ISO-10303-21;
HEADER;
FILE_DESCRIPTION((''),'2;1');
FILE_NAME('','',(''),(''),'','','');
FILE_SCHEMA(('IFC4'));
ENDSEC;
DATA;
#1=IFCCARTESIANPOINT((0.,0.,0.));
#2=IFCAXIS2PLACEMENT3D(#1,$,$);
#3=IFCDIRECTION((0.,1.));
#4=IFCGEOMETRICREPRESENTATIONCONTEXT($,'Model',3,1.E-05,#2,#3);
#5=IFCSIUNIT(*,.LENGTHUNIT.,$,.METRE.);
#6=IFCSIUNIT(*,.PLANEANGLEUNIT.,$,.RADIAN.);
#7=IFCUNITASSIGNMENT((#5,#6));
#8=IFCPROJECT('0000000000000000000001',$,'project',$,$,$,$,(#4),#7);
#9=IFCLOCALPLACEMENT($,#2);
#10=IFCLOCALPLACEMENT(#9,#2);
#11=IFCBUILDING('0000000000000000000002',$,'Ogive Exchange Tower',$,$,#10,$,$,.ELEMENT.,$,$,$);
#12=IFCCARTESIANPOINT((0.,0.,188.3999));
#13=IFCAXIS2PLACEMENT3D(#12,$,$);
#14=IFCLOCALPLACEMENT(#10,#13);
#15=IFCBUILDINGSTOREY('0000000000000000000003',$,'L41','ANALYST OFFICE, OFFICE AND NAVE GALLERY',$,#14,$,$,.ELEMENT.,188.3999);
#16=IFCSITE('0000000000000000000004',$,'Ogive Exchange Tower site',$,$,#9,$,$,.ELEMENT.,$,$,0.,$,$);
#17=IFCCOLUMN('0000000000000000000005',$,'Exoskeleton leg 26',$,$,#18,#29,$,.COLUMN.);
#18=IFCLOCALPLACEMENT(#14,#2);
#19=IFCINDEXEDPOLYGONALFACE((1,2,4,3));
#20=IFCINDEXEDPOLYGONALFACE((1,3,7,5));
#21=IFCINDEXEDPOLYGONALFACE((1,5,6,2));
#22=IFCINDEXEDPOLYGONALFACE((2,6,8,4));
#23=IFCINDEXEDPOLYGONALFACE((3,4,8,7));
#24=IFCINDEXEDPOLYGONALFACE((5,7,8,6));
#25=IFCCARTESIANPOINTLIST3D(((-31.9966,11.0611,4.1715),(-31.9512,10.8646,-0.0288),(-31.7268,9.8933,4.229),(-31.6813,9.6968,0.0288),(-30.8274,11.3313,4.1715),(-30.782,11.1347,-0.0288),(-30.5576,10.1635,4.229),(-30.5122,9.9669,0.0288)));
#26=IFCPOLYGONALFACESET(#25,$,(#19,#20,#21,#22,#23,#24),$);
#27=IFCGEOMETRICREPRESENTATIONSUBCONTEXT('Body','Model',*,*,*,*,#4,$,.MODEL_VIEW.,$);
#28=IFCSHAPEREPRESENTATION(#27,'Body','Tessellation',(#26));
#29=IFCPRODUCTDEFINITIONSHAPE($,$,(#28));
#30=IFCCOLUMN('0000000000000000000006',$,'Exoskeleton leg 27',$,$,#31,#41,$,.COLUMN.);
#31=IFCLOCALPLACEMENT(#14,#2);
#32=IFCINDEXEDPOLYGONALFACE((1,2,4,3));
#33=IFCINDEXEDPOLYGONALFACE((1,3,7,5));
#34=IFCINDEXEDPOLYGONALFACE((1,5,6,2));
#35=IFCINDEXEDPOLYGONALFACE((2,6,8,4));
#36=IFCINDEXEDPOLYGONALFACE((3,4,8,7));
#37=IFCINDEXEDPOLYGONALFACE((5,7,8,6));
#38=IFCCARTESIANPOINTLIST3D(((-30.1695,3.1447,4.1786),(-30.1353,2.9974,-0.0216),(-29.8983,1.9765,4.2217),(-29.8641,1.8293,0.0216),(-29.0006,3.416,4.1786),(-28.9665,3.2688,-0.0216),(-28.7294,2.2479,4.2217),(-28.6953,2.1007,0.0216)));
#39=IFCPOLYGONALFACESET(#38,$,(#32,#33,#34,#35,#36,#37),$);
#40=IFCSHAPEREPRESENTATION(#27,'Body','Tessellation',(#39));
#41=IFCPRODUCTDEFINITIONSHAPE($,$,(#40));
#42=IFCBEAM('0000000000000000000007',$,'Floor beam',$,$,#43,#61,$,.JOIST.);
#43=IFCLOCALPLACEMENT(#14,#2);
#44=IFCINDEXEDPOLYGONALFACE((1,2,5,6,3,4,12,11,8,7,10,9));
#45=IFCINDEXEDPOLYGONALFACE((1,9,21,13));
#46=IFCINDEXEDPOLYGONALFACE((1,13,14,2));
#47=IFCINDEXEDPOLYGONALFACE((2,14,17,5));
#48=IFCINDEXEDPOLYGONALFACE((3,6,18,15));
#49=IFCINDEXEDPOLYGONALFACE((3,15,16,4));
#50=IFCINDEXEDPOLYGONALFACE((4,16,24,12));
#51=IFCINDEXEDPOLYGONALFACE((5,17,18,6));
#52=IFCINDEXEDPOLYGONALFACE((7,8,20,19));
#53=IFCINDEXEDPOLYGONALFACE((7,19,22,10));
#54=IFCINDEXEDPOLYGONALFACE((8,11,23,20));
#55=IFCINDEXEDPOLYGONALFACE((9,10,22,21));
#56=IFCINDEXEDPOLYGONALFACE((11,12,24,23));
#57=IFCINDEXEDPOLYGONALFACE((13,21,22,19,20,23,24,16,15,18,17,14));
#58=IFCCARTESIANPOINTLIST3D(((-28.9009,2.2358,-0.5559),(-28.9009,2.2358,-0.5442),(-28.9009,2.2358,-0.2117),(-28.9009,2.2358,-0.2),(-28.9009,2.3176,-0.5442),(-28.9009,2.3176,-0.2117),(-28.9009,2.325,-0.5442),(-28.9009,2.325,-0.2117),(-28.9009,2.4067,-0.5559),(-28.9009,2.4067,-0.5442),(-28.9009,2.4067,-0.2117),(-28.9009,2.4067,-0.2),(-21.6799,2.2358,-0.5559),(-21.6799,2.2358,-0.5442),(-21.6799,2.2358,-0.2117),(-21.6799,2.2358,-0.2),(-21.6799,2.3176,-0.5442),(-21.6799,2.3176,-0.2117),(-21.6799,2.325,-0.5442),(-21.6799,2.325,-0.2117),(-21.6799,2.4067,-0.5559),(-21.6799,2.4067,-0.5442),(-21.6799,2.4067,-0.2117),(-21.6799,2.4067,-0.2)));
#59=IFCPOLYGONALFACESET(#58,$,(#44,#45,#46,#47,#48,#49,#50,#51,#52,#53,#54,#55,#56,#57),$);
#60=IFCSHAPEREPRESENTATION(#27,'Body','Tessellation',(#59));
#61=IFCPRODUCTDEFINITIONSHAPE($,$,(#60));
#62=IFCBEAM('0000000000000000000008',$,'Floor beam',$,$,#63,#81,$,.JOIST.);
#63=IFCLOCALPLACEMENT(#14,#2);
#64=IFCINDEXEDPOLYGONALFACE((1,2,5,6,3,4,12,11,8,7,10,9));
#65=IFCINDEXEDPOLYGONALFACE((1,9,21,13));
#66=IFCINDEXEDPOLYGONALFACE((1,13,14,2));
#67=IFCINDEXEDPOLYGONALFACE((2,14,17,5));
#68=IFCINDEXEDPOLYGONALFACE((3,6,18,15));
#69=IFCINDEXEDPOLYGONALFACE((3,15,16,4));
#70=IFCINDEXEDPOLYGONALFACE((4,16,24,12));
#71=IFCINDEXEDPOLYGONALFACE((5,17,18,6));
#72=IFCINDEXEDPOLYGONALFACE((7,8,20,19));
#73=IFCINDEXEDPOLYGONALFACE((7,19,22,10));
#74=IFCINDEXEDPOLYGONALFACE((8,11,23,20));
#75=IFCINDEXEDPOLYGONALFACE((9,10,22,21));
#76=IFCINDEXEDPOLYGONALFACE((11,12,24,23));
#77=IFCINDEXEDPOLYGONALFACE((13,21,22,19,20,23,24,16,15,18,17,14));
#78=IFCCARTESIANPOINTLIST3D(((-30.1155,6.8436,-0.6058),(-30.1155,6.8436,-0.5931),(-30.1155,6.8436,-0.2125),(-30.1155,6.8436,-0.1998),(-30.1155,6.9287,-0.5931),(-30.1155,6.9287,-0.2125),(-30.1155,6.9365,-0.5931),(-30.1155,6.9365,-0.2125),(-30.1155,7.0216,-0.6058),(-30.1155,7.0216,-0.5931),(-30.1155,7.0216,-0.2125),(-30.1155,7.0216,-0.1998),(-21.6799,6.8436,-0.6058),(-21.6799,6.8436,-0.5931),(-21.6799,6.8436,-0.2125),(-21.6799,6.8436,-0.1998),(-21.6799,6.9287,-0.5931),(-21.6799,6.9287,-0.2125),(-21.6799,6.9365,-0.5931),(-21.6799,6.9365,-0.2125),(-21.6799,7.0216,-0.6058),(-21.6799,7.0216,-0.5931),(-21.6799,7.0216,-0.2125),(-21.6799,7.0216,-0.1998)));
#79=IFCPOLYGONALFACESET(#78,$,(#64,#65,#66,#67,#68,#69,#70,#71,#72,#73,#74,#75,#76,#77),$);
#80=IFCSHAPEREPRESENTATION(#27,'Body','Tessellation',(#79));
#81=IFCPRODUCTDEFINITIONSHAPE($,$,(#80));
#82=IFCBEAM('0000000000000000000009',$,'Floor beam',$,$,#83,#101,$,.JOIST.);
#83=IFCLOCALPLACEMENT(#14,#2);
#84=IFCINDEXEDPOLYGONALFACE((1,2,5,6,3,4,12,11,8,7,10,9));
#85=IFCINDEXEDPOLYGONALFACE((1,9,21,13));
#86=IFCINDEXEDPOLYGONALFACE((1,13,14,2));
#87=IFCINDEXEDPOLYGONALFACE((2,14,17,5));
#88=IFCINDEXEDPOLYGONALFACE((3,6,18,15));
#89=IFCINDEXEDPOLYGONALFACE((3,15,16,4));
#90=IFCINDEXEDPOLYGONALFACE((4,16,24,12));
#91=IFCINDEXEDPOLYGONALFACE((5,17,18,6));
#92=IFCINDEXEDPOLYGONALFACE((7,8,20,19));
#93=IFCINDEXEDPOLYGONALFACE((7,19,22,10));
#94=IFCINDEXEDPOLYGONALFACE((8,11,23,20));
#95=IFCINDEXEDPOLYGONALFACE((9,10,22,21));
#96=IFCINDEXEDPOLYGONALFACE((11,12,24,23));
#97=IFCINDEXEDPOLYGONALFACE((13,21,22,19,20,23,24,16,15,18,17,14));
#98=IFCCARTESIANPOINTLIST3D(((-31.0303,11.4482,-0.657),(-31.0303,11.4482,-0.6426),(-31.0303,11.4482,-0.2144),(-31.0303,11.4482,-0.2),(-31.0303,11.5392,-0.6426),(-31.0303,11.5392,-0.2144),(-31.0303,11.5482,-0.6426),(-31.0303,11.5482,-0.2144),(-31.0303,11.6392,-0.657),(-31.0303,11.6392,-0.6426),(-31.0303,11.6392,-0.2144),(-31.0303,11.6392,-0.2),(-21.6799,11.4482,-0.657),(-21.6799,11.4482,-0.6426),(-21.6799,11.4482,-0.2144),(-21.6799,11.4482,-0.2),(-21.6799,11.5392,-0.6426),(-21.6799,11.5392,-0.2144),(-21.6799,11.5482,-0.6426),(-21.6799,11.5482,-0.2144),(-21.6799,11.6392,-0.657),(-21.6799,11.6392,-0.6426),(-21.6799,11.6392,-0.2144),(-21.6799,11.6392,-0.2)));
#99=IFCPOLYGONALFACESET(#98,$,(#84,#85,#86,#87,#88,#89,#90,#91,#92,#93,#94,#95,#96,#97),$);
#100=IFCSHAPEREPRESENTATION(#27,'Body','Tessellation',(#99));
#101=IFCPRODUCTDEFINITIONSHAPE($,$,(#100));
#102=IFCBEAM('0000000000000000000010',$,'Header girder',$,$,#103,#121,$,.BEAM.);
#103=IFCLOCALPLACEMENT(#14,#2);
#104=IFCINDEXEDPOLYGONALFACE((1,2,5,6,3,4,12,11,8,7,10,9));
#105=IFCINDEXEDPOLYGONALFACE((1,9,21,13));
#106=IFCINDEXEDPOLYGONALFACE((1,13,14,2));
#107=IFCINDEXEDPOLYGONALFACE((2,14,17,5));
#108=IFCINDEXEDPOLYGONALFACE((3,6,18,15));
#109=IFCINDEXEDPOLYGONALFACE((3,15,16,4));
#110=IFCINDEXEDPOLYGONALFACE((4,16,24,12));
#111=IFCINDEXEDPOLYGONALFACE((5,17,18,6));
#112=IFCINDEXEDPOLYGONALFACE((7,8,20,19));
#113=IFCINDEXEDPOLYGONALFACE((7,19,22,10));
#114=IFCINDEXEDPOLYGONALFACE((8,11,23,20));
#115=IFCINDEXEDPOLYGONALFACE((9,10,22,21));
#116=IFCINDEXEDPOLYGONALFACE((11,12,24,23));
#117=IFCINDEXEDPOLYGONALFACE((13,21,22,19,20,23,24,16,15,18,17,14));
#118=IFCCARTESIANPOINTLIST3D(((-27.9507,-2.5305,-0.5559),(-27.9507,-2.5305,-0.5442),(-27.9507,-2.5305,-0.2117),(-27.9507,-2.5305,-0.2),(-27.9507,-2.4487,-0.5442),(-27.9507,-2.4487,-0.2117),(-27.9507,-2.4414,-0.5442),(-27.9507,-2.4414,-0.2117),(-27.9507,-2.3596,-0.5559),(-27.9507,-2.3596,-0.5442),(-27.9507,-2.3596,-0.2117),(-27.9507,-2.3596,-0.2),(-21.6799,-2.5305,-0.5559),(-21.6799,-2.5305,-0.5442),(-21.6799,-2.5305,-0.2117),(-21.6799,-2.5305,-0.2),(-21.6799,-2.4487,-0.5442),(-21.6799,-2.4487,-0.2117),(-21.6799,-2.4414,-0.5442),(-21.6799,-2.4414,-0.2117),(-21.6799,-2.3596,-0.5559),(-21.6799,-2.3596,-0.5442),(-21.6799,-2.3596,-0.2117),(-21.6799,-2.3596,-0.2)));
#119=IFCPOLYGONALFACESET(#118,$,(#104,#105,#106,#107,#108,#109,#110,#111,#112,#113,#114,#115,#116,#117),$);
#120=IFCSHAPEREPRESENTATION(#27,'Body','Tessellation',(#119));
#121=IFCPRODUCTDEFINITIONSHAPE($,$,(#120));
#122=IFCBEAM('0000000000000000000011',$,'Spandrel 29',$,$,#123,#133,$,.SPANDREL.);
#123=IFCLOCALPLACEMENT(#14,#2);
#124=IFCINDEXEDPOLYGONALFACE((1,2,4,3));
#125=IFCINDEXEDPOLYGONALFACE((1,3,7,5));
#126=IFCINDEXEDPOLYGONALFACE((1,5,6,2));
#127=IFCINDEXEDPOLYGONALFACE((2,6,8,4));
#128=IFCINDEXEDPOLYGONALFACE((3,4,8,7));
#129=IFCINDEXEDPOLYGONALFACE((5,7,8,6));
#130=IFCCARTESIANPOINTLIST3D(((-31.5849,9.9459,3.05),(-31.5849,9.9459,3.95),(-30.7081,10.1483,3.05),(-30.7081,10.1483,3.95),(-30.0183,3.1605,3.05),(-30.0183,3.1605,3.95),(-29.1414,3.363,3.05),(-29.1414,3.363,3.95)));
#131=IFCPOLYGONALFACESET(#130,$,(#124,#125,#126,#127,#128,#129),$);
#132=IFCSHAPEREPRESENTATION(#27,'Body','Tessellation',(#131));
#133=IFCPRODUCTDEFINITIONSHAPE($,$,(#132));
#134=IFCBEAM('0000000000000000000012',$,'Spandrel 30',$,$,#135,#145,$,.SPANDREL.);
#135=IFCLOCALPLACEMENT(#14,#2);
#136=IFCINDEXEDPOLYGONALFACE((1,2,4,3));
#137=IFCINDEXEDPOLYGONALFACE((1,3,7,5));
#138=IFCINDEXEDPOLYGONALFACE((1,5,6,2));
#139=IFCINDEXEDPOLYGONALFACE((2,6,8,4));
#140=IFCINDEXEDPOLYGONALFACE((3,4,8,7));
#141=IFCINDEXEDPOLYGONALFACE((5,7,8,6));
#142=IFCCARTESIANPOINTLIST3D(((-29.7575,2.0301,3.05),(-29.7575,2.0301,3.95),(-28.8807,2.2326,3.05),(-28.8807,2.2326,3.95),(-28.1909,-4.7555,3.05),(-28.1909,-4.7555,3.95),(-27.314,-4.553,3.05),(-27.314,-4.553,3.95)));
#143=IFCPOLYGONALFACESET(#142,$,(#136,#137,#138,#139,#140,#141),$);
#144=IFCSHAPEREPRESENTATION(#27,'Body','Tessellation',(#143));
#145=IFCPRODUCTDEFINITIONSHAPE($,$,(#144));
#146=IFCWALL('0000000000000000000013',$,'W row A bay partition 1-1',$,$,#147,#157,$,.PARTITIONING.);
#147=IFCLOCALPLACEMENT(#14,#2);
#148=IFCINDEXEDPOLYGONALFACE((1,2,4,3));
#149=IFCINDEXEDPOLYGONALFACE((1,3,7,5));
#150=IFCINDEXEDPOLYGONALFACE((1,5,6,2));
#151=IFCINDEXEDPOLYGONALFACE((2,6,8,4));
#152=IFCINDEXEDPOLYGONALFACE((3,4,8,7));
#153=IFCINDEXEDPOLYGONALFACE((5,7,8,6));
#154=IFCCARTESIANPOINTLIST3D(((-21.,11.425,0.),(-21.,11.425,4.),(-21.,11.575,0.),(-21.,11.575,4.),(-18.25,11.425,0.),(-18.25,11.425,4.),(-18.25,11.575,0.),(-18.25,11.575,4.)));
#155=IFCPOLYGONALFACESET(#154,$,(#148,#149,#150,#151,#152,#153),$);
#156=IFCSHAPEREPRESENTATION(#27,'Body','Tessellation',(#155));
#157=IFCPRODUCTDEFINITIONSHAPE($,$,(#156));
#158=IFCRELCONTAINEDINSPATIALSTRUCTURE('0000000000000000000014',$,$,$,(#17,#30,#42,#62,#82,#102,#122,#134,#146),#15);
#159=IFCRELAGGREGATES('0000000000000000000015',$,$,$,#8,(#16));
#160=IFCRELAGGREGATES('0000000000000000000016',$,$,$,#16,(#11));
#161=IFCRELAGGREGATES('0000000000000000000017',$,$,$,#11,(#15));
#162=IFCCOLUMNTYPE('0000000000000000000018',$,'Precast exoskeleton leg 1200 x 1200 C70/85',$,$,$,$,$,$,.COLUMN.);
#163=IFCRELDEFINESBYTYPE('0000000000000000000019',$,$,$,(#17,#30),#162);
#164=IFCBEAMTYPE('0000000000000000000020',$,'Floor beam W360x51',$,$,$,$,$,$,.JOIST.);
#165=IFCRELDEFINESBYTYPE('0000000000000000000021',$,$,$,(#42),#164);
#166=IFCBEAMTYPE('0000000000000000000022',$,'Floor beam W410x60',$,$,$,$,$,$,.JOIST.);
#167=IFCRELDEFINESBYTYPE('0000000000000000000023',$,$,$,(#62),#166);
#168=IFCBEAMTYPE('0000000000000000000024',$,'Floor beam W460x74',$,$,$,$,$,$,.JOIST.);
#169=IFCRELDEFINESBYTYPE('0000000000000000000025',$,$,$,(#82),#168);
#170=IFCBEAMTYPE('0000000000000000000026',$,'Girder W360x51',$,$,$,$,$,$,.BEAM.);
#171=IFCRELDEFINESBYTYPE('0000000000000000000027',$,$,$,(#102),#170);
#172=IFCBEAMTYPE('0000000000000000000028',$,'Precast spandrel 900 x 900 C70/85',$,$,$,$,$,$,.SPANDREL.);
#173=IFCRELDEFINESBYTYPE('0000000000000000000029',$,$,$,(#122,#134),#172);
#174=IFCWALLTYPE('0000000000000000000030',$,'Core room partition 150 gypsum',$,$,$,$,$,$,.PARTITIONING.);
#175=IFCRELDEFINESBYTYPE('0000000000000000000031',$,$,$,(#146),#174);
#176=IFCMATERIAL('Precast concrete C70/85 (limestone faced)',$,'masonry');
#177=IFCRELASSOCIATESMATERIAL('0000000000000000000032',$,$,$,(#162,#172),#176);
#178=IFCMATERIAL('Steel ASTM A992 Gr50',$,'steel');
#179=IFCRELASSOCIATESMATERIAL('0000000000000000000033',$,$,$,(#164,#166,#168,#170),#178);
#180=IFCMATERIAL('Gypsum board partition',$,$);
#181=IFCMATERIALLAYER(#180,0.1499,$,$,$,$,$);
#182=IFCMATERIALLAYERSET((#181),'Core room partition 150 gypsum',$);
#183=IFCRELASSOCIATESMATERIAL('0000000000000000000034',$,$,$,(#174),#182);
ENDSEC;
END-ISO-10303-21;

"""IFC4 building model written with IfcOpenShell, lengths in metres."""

from ifc_helpers import new_model, si_unit, direction, frame, frame_2d, origin, origin_2d, place, context, subcontext, project, spatial, rectangle, i_section, extrude, material, layer, layer_set, material_profile, profile_set, type_object, element, save


model = new_model("IFC4")

# Units and contexts
model_context = context("Model", 3, precision=1e-05, world=origin(), true_north=direction((0.0, 1.0)))
body_context = subcontext(model_context, "Body", "Model", "MODEL_VIEW")
ifc_project = project(units=[si_unit("LENGTHUNIT", "METRE"), si_unit("PLANEANGLEUNIT", "RADIAN")], contexts=[model_context])

# Site, building, storey
site_placement = place(None, origin())
site = spatial("IfcSite", under=ifc_project, at=site_placement, Name="Ogive Exchange Tower site", CompositionType="ELEMENT", RefElevation=0.0)
building_placement = place(site_placement, origin())
building = spatial("IfcBuilding", under=site, at=building_placement, Name="Ogive Exchange Tower", CompositionType="ELEMENT")
storey_placement = place(building_placement, frame((0.0, 0.0, 188.3999)))
storey = spatial("IfcBuildingStorey", under=building, at=storey_placement, Name="L41", Description="ANALYST OFFICE, OFFICE AND NAVE GALLERY", CompositionType="ELEMENT", Elevation=188.3999)

# Columns
ifc_material_1 = material(Name="Precast concrete C70/85 (limestone faced)", Category="masonry")
ifc_material_profile_1 = material_profile(ifc_material_1, rectangle(XDim=1.2, YDim=1.2, at=origin_2d()), Name="1200 x 1200")
ifc_profile_set_1 = profile_set([ifc_material_profile_1], Name="Precast concrete C70/85 (limestone faced)")
column_type = type_object("IfcColumnType", Name="Precast exoskeleton leg 1200 x 1200 C70/85", PredefinedType="COLUMN", material=ifc_profile_set_1)
column_1_placement = place(storey_placement, frame((-31.2317, 10.4158, 0.0), z_axis=(-0.010799, 0.046738, 0.998849), x_axis=(-0.97433, -0.225125, 0.0)))
element("IfcColumn", 1, at=column_1_placement, inside=storey, type_object=column_type, Name="Exoskeleton leg 26", PredefinedType="COLUMN", context=body_context, shape_type="SweptSolid", body=[
    extrude(rectangle(XDim=1.2, YDim=1.2, at=origin_2d()), origin(), (0.0, 0.0, 1.0), 4.2051),
])
column_2_placement = place(storey_placement, frame((-29.4153, 2.5491, 0.0), z_axis=(-0.008132, 0.035027, 0.999353), x_axis=(-0.974091, -0.226157, 0.0)))
element("IfcColumn", 2, at=column_2_placement, inside=storey, type_object=column_type, Name="Exoskeleton leg 27", PredefinedType="COLUMN", context=body_context, shape_type="SweptSolid", body=[
    extrude(rectangle(XDim=1.2, YDim=1.2, at=origin_2d()), origin(), (0.0, 0.0, 1.0), 4.2029),
])

# Beams
ifc_material_2 = material(Name="Steel ASTM A992 Gr50", Category="steel")
ifc_material_profile_2 = material_profile(ifc_material_2, i_section(OverallWidth=0.1709, OverallDepth=0.356, WebThickness=0.0073, FlangeThickness=0.0117, at=origin_2d()), Name="W360x51")
ifc_profile_set_2 = profile_set([ifc_material_profile_2], Name="Steel ASTM A992 Gr50")
beam_type_1 = type_object("IfcBeamType", Name="Floor beam W360x51", PredefinedType="JOIST", material=ifc_profile_set_2)
beam_1_placement = place(storey_placement, frame((-28.9009, 2.3213, -0.3779), z_axis=(1.0, 0.0, 0.0), x_axis=(0.0, 1.0, 0.0)))
element("IfcBeam", 3, at=beam_1_placement, inside=storey, type_object=beam_type_1, Name="Floor beam", PredefinedType="JOIST", context=body_context, shape_type="SweptSolid", body=[
    extrude(i_section(OverallWidth=0.1709, OverallDepth=0.356, WebThickness=0.0073, FlangeThickness=0.0117, at=origin_2d()), origin(), (0.0, 0.0, 1.0), 7.2209),
])
ifc_material_profile_3 = material_profile(ifc_material_2, i_section(OverallWidth=0.178, OverallDepth=0.406, WebThickness=0.0078, FlangeThickness=0.0127, at=origin_2d()), Name="W410x60")
ifc_profile_set_3 = profile_set([ifc_material_profile_3], Name="Steel ASTM A992 Gr50")
beam_type_2 = type_object("IfcBeamType", Name="Floor beam W410x60", PredefinedType="JOIST", material=ifc_profile_set_3)
beam_2_placement = place(storey_placement, frame((-30.1155, 6.9326, -0.4028), z_axis=(1.0, 0.0, 0.0), x_axis=(0.0, 1.0, 0.0)))
element("IfcBeam", 4, at=beam_2_placement, inside=storey, type_object=beam_type_2, Name="Floor beam", PredefinedType="JOIST", context=body_context, shape_type="SweptSolid", body=[
    extrude(i_section(OverallWidth=0.178, OverallDepth=0.406, WebThickness=0.0078, FlangeThickness=0.0127, at=origin_2d()), origin(), (0.0, 0.0, 1.0), 8.4355),
])
ifc_material_profile_4 = material_profile(ifc_material_2, i_section(OverallWidth=0.1909, OverallDepth=0.457, WebThickness=0.009, FlangeThickness=0.0144, at=origin_2d()), Name="W460x74")
ifc_profile_set_4 = profile_set([ifc_material_profile_4], Name="Steel ASTM A992 Gr50")
beam_type_3 = type_object("IfcBeamType", Name="Floor beam W460x74", PredefinedType="JOIST", material=ifc_profile_set_4)
beam_3_placement = place(storey_placement, frame((-31.0303, 11.5437, -0.4285), z_axis=(1.0, 0.0, 0.0), x_axis=(0.0, 1.0, 0.0)))
element("IfcBeam", 5, at=beam_3_placement, inside=storey, type_object=beam_type_3, Name="Floor beam", PredefinedType="JOIST", context=body_context, shape_type="SweptSolid", body=[
    extrude(i_section(OverallWidth=0.1909, OverallDepth=0.457, WebThickness=0.009, FlangeThickness=0.0144, at=origin_2d()), origin(), (0.0, 0.0, 1.0), 9.3503),
])
ifc_material_profile_5 = material_profile(ifc_material_2, i_section(OverallWidth=0.1709, OverallDepth=0.356, WebThickness=0.0073, FlangeThickness=0.0117, at=origin_2d()), Name="W360x51")
ifc_profile_set_5 = profile_set([ifc_material_profile_5], Name="Steel ASTM A992 Gr50")
beam_type_4 = type_object("IfcBeamType", Name="Girder W360x51", PredefinedType="BEAM", material=ifc_profile_set_5)
beam_4_placement = place(storey_placement, frame((-27.9507, -2.4451, -0.3779), z_axis=(1.0, 0.0, 0.0), x_axis=(0.0, 1.0, 0.0)))
element("IfcBeam", 6, at=beam_4_placement, inside=storey, type_object=beam_type_4, Name="Header girder", PredefinedType="BEAM", context=body_context, shape_type="SweptSolid", body=[
    extrude(i_section(OverallWidth=0.1709, OverallDepth=0.356, WebThickness=0.0073, FlangeThickness=0.0117, at=origin_2d()), origin(), (0.0, 0.0, 1.0), 6.2708),
])
ifc_material_profile_6 = material_profile(ifc_material_1, rectangle(XDim=0.8999, YDim=0.8999, at=origin_2d()), Name="900 x 900")
ifc_profile_set_6 = profile_set([ifc_material_profile_6], Name="Precast concrete C70/85 (limestone faced)")
beam_type_5 = type_object("IfcBeamType", Name="Precast spandrel 900 x 900 C70/85", PredefinedType="SPANDREL", material=ifc_profile_set_6)
beam_5_placement = place(storey_placement, frame((-31.1465, 10.0471, 3.5), z_axis=(0.224967, -0.974366, 0.0), x_axis=(0.974366, 0.224967, 0.0)))
element("IfcBeam", 7, at=beam_5_placement, inside=storey, type_object=beam_type_5, Name="Spandrel 29", PredefinedType="SPANDREL", context=body_context, shape_type="SweptSolid", body=[
    extrude(rectangle(XDim=0.8999, YDim=0.8999, at=origin_2d()), origin(), (0.0, 0.0, 1.0), 6.9639),
])
beam_6_placement = place(storey_placement, frame((-29.3191, 2.1313, 3.5), z_axis=(0.224959, -0.974368, 0.0), x_axis=(0.974368, 0.224959, 0.0)))
element("IfcBeam", 8, at=beam_6_placement, inside=storey, type_object=beam_type_5, Name="Spandrel 30", PredefinedType="SPANDREL", context=body_context, shape_type="SweptSolid", body=[
    extrude(rectangle(XDim=0.8999, YDim=0.8999, at=origin_2d()), origin(), (0.0, 0.0, 1.0), 6.9641),
])

# Wall
ifc_material_3 = material(Name="Gypsum board partition")
ifc_layer_1 = layer(ifc_material_3, 0.1499)
ifc_layer_set_1 = layer_set([ifc_layer_1], Name="Core room partition 150 gypsum")
wall_type_1 = type_object("IfcWallType", Name="Core room partition 150 gypsum", PredefinedType="PARTITIONING", material=ifc_layer_set_1)
wall_1_placement = place(storey_placement, frame((-21.0, 11.5, 0.0), z_axis=(0.0, 0.0, 1.0), x_axis=(1.0, 0.0, 0.0)))
element("IfcWall", 9, at=wall_1_placement, inside=storey, type_object=wall_type_1, Name="W row A bay partition 1-1", PredefinedType="PARTITIONING", context=body_context, shape_type="SweptSolid", body=[
    extrude(rectangle(XDim=2.75, YDim=0.1499, at=frame_2d((1.375, 0.0))), origin(), (0.0, 0.0, 1.0), 4.0),
])

save(model, "model.ifc")
